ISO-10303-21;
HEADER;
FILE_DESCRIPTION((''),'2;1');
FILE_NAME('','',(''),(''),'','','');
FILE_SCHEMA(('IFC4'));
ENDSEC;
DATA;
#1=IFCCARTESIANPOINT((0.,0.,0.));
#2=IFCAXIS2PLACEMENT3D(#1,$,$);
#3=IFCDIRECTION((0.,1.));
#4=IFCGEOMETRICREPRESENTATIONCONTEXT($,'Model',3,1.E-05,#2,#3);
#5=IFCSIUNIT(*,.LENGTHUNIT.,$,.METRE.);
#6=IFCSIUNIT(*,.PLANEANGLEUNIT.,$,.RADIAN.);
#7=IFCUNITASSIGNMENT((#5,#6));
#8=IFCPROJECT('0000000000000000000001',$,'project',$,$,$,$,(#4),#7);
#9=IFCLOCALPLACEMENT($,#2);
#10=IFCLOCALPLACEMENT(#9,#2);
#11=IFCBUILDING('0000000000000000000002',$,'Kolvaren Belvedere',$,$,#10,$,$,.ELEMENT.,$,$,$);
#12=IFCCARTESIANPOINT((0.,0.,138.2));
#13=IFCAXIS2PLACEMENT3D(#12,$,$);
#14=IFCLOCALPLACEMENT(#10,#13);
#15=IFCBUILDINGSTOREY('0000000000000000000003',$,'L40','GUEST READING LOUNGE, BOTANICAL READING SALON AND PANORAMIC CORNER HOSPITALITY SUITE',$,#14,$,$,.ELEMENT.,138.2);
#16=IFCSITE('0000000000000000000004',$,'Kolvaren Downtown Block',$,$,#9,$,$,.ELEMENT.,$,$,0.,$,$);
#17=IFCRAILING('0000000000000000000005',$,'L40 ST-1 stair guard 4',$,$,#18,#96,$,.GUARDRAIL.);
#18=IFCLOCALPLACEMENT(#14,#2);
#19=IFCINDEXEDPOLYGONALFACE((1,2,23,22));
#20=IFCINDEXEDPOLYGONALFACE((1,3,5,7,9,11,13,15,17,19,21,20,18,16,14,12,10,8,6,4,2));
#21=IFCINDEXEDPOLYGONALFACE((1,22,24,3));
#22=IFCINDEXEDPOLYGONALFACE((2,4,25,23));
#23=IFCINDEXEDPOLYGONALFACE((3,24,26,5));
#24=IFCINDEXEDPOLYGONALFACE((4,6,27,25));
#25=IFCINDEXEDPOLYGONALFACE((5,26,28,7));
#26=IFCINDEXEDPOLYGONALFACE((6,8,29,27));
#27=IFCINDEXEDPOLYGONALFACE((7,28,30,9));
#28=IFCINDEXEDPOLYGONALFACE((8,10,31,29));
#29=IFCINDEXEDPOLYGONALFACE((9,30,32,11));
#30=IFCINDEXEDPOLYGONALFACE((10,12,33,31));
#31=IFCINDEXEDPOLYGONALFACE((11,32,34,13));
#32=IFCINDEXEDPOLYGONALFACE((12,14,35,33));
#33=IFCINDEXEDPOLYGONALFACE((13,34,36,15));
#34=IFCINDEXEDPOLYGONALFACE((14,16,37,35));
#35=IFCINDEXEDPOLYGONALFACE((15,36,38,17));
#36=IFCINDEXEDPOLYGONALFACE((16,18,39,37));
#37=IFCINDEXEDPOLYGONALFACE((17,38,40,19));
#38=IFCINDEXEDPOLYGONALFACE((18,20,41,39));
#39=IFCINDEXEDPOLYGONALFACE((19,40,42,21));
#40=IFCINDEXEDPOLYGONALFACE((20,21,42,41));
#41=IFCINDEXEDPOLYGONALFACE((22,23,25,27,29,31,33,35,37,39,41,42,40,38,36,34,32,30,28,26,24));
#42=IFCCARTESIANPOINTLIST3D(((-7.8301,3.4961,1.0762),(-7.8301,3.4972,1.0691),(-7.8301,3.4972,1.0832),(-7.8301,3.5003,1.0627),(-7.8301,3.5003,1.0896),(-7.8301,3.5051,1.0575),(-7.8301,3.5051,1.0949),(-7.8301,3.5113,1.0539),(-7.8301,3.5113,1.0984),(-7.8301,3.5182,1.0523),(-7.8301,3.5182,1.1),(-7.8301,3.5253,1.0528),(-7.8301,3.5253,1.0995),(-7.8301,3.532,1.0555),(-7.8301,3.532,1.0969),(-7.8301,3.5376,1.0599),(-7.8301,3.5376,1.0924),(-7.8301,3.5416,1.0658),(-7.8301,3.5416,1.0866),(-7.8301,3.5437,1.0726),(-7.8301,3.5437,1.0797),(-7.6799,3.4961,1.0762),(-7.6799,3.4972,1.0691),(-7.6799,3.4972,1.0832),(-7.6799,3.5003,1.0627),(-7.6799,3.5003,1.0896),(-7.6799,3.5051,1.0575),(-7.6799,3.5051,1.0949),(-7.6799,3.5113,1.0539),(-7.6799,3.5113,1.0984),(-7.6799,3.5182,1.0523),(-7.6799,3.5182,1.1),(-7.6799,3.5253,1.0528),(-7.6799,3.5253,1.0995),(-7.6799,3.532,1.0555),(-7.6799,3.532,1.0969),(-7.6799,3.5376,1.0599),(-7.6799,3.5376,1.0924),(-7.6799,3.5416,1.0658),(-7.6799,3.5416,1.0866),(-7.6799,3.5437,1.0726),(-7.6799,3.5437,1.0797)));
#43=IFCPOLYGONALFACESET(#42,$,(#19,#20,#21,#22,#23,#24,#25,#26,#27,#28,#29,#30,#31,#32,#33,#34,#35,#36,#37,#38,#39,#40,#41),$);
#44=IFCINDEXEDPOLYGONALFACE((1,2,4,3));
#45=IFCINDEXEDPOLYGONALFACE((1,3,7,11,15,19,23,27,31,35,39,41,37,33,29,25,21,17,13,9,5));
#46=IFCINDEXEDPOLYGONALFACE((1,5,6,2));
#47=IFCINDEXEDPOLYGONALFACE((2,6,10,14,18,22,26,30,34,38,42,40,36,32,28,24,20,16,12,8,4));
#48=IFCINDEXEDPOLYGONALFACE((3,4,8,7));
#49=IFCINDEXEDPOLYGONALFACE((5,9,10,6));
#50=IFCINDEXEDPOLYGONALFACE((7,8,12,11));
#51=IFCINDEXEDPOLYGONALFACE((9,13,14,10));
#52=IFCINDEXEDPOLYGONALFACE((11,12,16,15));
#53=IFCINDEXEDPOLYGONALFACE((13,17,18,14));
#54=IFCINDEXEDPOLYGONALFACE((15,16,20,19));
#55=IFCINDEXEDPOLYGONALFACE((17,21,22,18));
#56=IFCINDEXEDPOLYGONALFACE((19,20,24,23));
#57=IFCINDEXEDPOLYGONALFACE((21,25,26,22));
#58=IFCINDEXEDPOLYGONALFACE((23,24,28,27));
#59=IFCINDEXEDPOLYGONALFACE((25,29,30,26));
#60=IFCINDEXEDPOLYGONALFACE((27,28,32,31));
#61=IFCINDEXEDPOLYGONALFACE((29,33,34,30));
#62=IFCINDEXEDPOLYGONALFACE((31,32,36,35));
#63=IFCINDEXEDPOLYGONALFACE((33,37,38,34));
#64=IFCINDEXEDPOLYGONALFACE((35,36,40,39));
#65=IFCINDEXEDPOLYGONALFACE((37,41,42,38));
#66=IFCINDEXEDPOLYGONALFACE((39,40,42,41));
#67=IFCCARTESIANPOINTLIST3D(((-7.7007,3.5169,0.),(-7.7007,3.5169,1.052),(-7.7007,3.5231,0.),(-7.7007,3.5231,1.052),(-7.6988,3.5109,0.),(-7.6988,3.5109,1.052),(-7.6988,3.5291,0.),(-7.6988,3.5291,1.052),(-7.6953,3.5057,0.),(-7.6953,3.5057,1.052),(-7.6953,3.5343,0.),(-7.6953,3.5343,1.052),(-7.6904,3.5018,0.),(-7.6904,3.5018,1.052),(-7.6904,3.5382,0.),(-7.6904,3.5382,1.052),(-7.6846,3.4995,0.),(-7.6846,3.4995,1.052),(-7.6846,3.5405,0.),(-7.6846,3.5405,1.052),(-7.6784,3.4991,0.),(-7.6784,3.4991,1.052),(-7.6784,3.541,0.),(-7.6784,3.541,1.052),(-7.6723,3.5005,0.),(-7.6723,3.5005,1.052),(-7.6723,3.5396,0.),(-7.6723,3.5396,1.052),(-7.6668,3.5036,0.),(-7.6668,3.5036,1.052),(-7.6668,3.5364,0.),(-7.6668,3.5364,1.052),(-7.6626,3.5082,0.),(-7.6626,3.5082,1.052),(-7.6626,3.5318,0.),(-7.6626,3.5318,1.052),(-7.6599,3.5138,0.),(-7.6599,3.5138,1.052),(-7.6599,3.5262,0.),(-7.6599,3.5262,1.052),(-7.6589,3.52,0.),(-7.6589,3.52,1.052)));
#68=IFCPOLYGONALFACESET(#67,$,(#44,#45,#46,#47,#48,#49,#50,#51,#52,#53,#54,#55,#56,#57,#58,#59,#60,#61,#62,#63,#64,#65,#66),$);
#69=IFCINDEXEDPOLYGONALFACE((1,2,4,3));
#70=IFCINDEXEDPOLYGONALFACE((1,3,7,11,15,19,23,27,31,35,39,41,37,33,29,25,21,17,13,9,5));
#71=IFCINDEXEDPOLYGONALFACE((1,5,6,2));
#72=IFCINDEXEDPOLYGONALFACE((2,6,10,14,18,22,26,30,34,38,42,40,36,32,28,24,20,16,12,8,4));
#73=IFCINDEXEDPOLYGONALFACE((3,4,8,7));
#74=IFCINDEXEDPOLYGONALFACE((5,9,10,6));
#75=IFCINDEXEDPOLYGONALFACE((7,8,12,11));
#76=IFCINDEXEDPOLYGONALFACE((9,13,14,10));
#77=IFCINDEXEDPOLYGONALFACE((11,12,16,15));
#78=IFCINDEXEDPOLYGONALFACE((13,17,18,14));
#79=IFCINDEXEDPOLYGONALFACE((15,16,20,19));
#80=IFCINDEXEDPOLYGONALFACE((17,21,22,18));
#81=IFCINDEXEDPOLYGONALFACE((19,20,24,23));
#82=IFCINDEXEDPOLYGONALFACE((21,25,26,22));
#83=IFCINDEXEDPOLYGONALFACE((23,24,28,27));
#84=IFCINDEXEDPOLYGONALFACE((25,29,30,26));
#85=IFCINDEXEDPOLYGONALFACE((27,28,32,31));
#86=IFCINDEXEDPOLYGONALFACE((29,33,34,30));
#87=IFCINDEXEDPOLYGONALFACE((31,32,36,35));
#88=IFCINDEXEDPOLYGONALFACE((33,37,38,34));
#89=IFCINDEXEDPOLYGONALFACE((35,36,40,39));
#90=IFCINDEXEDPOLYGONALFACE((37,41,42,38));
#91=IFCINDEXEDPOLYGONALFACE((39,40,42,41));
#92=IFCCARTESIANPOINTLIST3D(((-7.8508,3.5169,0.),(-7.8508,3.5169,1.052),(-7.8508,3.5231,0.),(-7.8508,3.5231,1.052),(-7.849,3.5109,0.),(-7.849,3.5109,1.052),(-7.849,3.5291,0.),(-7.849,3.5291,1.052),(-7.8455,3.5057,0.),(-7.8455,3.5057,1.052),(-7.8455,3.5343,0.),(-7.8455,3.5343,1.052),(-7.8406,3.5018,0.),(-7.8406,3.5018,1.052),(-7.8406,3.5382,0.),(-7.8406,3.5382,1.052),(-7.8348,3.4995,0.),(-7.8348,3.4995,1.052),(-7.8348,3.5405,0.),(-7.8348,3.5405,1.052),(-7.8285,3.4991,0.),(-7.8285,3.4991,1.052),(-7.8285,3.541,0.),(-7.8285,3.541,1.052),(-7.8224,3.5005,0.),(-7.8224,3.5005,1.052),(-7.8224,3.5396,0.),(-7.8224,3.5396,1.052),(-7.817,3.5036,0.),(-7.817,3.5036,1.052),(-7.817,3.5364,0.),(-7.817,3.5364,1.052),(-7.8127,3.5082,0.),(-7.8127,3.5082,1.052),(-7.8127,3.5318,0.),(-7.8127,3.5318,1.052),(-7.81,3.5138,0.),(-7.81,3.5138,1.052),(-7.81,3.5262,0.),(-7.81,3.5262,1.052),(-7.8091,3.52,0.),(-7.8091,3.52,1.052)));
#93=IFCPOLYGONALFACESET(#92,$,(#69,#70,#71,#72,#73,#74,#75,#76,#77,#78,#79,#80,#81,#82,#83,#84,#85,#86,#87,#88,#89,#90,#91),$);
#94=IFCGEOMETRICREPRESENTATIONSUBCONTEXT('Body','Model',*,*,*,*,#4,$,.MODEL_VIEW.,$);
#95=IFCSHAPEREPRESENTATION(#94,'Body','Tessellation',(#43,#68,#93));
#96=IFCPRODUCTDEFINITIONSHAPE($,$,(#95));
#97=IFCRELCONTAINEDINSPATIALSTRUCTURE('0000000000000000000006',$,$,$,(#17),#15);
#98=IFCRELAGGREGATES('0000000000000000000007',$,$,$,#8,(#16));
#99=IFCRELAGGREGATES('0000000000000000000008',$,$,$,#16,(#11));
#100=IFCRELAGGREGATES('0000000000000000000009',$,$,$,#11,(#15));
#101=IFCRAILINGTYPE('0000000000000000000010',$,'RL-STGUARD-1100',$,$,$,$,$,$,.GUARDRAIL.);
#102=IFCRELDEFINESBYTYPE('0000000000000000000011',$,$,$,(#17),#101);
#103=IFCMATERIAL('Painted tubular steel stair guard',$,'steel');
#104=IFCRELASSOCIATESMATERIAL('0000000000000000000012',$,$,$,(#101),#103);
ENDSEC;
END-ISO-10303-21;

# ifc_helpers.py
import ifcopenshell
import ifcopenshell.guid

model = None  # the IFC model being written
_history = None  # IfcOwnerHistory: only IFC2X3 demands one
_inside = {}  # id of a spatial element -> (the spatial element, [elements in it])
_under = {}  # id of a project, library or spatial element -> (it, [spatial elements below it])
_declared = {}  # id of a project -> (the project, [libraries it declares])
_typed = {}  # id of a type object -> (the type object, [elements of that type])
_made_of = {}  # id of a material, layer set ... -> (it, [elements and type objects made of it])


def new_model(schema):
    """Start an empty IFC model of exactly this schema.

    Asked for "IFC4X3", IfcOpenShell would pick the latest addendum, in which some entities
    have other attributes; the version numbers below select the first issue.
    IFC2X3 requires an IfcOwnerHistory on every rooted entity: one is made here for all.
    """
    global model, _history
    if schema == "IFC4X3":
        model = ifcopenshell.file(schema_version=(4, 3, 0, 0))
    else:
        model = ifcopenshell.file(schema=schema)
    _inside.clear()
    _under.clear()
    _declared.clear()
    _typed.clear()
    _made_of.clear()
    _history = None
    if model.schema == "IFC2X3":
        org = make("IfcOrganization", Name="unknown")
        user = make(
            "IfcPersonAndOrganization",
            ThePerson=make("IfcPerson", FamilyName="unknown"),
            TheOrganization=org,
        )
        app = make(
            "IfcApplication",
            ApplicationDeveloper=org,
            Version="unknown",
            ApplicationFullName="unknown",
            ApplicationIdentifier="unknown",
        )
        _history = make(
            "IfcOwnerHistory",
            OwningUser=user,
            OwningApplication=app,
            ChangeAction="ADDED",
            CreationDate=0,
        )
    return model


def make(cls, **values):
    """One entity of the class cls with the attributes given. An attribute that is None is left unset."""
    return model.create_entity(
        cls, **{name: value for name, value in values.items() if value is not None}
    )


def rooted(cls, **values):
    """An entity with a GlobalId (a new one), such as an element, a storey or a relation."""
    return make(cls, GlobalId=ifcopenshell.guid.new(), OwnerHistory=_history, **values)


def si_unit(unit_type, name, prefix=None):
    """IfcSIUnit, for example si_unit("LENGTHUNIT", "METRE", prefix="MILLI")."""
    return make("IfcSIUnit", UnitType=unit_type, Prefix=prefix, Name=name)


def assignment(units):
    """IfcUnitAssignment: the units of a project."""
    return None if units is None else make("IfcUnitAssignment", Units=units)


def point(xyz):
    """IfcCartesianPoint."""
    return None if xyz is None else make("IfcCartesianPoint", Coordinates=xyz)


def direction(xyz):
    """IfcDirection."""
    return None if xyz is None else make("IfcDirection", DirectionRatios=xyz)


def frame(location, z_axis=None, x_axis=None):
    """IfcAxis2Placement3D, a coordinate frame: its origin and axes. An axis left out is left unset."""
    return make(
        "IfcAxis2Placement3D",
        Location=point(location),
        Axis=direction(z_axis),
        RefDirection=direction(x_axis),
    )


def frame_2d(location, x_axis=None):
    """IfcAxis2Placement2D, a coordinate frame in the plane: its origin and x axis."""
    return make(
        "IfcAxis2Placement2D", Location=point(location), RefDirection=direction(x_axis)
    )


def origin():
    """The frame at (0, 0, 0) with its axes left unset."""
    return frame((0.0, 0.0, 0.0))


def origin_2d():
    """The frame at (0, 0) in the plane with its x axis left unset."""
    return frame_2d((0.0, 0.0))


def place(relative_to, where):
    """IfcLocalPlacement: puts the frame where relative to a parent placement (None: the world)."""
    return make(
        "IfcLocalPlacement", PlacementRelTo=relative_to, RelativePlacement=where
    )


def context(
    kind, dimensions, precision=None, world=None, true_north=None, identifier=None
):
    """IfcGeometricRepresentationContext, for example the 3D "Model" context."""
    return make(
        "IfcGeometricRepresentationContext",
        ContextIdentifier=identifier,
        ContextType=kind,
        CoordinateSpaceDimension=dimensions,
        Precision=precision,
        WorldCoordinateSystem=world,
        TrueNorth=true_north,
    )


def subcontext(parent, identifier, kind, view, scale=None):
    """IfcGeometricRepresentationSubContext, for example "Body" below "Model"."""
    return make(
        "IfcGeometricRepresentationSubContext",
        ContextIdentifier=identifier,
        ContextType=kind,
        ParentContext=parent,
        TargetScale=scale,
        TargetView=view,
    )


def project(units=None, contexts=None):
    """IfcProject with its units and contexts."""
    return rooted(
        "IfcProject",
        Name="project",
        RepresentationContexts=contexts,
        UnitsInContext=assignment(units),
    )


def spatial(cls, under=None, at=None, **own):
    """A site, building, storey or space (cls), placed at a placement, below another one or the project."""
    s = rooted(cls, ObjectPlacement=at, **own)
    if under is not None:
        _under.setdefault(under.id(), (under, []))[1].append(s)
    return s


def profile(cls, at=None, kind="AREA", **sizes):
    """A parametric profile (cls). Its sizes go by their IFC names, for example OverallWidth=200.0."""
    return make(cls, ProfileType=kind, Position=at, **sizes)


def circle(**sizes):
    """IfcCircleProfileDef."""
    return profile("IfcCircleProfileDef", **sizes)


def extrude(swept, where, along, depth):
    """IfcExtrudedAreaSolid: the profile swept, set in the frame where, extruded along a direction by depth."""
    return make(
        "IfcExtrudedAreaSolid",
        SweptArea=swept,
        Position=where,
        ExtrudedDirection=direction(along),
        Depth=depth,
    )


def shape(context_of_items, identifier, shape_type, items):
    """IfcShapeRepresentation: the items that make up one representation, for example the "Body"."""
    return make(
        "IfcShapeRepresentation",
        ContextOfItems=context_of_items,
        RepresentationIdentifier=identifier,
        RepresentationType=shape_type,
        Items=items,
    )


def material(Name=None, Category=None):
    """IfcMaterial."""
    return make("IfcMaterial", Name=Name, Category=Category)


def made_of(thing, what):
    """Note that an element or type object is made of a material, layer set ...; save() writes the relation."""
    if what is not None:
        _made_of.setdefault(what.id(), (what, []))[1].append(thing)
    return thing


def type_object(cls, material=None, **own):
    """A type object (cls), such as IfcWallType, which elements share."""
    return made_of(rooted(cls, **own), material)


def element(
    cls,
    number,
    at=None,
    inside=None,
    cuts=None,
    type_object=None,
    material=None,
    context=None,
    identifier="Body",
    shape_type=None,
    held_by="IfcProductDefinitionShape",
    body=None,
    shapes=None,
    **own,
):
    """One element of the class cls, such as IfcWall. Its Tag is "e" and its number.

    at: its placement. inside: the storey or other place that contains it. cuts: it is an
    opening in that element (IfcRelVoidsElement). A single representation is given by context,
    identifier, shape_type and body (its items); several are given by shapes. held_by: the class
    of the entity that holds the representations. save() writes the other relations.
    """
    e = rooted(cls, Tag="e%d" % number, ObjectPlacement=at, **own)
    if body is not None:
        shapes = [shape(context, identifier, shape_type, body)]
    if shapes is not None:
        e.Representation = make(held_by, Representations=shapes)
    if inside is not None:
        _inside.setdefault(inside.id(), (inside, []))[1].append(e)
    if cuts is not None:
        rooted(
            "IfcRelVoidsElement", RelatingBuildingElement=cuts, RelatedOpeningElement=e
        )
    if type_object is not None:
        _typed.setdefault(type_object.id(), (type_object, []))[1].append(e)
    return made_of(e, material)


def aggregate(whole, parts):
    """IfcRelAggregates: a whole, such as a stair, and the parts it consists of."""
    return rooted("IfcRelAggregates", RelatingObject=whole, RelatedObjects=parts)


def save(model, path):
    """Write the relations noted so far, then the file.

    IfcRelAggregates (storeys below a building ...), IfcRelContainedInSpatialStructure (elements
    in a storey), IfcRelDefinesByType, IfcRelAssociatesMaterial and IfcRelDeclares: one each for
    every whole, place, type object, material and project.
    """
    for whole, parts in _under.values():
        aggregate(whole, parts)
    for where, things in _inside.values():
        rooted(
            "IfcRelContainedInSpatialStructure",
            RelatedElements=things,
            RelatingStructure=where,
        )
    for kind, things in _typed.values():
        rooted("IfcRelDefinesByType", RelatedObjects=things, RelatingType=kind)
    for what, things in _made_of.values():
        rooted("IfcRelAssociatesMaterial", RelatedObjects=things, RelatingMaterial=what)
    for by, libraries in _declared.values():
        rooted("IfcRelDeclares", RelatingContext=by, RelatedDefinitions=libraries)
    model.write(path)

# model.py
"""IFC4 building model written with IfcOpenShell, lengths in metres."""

from ifc_helpers import new_model, si_unit, direction, frame, origin, origin_2d, place, context, subcontext, project, spatial, circle, extrude, material, type_object, element, save


model = new_model("IFC4")

# Units and contexts
model_context = context("Model", 3, precision=1e-05, world=origin(), true_north=direction((0.0, 1.0)))
body_context = subcontext(model_context, "Body", "Model", "MODEL_VIEW")
ifc_project = project(units=[si_unit("LENGTHUNIT", "METRE"), si_unit("PLANEANGLEUNIT", "RADIAN")], contexts=[model_context])

# Site, building, storey
site_placement = place(None, origin())
site = spatial("IfcSite", under=ifc_project, at=site_placement, Name="Kolvaren Downtown Block", CompositionType="ELEMENT", RefElevation=0.0)
building_placement = place(site_placement, origin())
building = spatial("IfcBuilding", under=site, at=building_placement, Name="Kolvaren Belvedere", CompositionType="ELEMENT")
storey_placement = place(building_placement, frame((0.0, 0.0, 138.2)))
storey = spatial("IfcBuildingStorey", under=building, at=storey_placement, Name="L40", Description="GUEST READING LOUNGE, BOTANICAL READING SALON AND PANORAMIC CORNER HOSPITALITY SUITE", CompositionType="ELEMENT", Elevation=138.2)

# Railing
ifc_material_1 = material(Name="Painted tubular steel stair guard", Category="steel")
railing_type_1 = type_object("IfcRailingType", Name="RL-STGUARD-1100", PredefinedType="GUARDRAIL", material=ifc_material_1)
railing_1_placement = place(storey_placement, frame((-7.6799, 3.52, 0.0)))
element("IfcRailing", 1, at=railing_1_placement, inside=storey, type_object=railing_type_1, Name="L40 ST-1 stair guard 4", PredefinedType="GUARDRAIL", context=body_context, shape_type="SweptSolid", body=[
    extrude(circle(Radius=0.0239, at=origin_2d()), frame((0.0, 0.0, 1.0762), z_axis=(-1.0, 0.0, 0.0), x_axis=(0.0, -1.0, 0.0)), (0.0, 0.0, 1.0), 0.1501),
    extrude(circle(Radius=0.021, at=origin_2d()), origin(), (0.0, 0.0, 1.0), 1.052),
    extrude(circle(Radius=0.021, at=origin_2d()), frame((-0.1501, 0.0, 0.0)), (0.0, 0.0, 1.0), 1.052),
])

save(model, "model.ifc")
